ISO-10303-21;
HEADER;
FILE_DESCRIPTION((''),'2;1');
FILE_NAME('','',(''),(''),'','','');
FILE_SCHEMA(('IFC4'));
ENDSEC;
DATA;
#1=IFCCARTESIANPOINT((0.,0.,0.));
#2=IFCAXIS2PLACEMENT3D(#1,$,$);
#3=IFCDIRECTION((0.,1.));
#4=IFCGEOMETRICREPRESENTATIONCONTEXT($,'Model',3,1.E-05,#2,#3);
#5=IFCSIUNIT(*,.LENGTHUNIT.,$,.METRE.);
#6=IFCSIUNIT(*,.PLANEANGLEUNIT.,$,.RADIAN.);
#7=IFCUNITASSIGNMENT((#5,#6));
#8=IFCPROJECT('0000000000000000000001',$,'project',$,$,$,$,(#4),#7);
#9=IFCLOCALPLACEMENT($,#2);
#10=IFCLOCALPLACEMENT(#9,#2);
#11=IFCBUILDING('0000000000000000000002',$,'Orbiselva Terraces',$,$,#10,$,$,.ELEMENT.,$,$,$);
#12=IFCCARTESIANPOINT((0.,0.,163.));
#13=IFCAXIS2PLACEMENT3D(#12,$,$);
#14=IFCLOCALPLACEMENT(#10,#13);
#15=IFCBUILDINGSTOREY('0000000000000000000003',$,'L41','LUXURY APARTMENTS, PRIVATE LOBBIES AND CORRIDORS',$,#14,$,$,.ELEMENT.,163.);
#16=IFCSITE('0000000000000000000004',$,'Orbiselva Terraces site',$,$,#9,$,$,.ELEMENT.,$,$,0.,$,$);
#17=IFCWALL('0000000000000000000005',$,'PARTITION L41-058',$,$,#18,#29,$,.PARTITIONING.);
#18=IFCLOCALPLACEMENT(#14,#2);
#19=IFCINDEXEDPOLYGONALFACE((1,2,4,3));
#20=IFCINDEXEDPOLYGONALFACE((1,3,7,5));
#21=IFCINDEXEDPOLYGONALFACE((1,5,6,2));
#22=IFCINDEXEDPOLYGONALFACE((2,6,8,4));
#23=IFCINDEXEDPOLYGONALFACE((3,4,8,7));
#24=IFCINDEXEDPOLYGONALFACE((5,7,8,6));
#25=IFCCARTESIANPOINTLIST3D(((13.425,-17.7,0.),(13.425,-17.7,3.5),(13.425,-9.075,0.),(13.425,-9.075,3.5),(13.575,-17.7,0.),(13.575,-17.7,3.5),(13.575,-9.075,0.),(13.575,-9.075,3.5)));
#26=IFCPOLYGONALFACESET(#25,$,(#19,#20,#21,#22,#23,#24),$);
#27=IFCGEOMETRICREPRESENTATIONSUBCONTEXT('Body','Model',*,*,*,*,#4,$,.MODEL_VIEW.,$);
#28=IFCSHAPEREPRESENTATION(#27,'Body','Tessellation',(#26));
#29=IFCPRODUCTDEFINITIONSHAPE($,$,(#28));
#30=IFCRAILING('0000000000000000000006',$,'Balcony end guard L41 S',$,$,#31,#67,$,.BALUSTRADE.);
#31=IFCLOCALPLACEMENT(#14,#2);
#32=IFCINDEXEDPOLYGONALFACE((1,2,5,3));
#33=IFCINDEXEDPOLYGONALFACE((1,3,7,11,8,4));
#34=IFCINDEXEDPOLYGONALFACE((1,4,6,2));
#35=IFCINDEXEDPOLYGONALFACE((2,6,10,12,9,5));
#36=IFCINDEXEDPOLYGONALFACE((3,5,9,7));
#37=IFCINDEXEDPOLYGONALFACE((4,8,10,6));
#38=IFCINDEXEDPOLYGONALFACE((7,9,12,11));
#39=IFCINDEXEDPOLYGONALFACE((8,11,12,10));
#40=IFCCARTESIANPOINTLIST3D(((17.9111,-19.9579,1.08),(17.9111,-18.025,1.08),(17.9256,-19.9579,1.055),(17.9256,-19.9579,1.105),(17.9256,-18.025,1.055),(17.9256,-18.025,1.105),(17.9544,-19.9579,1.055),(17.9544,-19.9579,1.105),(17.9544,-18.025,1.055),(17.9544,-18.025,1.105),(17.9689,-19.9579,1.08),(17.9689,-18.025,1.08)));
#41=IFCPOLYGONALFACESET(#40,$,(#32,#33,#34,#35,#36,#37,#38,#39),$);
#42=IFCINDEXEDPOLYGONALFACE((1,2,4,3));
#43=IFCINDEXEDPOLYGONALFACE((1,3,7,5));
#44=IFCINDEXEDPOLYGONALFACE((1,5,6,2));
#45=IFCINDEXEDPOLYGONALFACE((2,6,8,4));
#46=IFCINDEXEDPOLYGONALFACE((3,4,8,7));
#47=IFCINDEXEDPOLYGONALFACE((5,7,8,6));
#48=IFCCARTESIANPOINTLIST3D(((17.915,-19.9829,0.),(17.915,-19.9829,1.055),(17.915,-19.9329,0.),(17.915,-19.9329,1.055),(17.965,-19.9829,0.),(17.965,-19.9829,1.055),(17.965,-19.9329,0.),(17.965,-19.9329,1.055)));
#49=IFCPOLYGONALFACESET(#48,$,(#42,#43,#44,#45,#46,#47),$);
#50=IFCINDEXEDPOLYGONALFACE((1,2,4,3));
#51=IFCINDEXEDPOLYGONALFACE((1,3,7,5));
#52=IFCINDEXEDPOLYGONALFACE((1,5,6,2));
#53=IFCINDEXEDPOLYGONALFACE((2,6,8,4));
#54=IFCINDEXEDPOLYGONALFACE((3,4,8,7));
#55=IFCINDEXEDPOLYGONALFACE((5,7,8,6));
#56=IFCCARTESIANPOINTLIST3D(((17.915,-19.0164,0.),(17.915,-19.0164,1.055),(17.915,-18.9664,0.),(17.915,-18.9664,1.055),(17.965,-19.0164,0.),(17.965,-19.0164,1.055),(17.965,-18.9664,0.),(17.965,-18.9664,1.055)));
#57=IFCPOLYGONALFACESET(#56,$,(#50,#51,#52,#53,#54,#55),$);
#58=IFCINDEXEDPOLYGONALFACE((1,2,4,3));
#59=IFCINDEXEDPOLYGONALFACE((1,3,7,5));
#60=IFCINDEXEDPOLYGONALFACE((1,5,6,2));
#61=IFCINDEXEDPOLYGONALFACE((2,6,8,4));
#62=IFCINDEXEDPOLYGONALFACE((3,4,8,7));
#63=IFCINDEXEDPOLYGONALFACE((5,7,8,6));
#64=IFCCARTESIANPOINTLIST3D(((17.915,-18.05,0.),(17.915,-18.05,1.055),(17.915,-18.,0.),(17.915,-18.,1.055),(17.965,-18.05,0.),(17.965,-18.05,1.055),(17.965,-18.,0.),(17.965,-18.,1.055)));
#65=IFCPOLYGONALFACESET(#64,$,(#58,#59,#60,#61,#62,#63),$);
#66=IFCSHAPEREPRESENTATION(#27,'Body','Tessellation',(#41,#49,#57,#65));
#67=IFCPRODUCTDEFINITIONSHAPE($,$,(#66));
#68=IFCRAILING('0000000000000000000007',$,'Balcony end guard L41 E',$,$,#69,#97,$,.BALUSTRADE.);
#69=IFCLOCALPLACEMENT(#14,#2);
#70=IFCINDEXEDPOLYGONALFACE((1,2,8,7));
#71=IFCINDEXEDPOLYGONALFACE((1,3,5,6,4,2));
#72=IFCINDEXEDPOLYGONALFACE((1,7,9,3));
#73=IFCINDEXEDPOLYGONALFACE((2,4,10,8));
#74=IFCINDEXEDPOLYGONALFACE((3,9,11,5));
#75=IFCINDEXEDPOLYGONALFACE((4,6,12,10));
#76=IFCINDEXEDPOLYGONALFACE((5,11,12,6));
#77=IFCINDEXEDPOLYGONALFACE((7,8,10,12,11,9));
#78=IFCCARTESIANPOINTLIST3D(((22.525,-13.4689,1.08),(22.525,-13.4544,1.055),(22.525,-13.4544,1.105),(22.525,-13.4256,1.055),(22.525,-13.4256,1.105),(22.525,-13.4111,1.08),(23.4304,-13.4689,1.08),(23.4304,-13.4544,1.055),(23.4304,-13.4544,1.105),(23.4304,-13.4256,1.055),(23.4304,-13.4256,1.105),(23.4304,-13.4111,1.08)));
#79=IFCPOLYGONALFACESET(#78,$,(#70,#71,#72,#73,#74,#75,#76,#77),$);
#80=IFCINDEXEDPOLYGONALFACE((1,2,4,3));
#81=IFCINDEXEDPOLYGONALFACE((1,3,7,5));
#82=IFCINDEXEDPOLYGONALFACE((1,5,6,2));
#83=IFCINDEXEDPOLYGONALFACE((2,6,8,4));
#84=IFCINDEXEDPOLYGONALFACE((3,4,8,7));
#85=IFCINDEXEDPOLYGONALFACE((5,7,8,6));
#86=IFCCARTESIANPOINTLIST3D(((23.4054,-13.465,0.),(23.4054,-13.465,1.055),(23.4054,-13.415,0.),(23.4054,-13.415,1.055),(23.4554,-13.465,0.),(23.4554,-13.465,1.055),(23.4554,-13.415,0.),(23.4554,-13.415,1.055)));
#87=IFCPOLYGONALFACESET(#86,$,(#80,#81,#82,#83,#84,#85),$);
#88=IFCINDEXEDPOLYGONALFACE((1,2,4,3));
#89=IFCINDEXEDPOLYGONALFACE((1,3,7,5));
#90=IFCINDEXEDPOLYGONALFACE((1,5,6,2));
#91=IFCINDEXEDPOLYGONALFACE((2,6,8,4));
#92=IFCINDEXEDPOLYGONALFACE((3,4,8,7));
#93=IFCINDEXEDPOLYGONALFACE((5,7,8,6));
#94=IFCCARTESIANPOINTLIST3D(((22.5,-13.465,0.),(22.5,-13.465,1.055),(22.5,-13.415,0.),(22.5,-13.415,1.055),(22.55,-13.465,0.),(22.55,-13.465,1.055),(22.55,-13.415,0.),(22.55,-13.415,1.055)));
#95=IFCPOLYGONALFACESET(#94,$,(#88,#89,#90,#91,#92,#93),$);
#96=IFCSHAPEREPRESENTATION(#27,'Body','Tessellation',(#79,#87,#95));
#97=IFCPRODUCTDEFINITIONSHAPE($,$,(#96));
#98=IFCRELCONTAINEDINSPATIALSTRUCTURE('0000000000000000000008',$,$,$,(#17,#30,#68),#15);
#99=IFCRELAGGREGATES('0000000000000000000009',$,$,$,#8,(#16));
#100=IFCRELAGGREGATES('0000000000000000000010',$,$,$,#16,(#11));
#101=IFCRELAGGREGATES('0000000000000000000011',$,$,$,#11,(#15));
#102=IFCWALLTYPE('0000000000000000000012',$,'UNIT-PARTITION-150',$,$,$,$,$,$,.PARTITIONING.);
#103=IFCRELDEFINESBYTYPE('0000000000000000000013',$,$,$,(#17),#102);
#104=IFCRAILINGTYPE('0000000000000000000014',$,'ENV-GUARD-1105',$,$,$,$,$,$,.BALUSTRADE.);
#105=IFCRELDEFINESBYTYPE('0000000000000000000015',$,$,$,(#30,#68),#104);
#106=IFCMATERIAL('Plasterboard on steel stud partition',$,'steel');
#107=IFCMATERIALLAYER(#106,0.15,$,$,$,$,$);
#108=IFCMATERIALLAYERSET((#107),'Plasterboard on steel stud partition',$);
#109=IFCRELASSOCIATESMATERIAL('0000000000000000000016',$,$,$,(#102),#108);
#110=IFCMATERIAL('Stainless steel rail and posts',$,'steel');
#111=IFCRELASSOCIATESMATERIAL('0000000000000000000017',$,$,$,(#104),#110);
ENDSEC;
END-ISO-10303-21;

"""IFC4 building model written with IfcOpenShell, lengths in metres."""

from ifc_helpers import new_model, si_unit, direction, frame, frame_2d, origin, origin_2d, place, context, subcontext, project, spatial, polyline, rectangle, outline, extrude, material, layer, layer_set, type_object, element, save


model = new_model("IFC4")

# Units and contexts
model_context = context("Model", 3, precision=1e-05, world=origin(), true_north=direction((0.0, 1.0)))
body_context = subcontext(model_context, "Body", "Model", "MODEL_VIEW")
ifc_project = project(units=[si_unit("LENGTHUNIT", "METRE"), si_unit("PLANEANGLEUNIT", "RADIAN")], contexts=[model_context])

# Site, building, storey
site_placement = place(None, origin())
site = spatial("IfcSite", under=ifc_project, at=site_placement, Name="Orbiselva Terraces site", CompositionType="ELEMENT", RefElevation=0.0)
building_placement = place(site_placement, origin())
building = spatial("IfcBuilding", under=site, at=building_placement, Name="Orbiselva Terraces", CompositionType="ELEMENT")
storey_placement = place(building_placement, frame((0.0, 0.0, 163.0)))
storey = spatial("IfcBuildingStorey", under=building, at=storey_placement, Name="L41", Description="LUXURY APARTMENTS, PRIVATE LOBBIES AND CORRIDORS", CompositionType="ELEMENT", Elevation=163.0)

# Wall
ifc_material_1 = material(Name="Plasterboard on steel stud partition", Category="steel")
ifc_layer_1 = layer(ifc_material_1, 0.15)
ifc_layer_set_1 = layer_set([ifc_layer_1], Name="Plasterboard on steel stud partition")
wall_type_1 = type_object("IfcWallType", Name="UNIT-PARTITION-150", PredefinedType="PARTITIONING", material=ifc_layer_set_1)
wall_1_placement = place(storey_placement, frame((13.5, -17.7, 0.0), z_axis=(0.0, 0.0, 1.0), x_axis=(0.0, 1.0, 0.0)))
element("IfcWall", 1, at=wall_1_placement, inside=storey, type_object=wall_type_1, Name="PARTITION L41-058", PredefinedType="PARTITIONING", context=body_context, shape_type="SweptSolid", body=[
    extrude(rectangle(XDim=8.625, YDim=0.15, at=frame_2d((4.3125, 0.0))), origin(), (0.0, 0.0, 1.0), 3.5),
])

# Railings
ifc_material_2 = material(Name="Stainless steel rail and posts", Category="steel")
railing_type_1 = type_object("IfcRailingType", Name="ENV-GUARD-1105", PredefinedType="BALUSTRADE", material=ifc_material_2)
railing_1_placement = place(storey_placement, frame((17.94, -19.9579, 0.0)))
element("IfcRailing", 2, at=railing_1_placement, inside=storey, type_object=railing_type_1, Name="Balcony end guard L41 S", PredefinedType="BALUSTRADE", context=body_context, shape_type="SweptSolid", body=[
    extrude(outline(polyline([(0.0289, 0.0), (0.0144, 0.025), (-0.0144, 0.025), (-0.0289, 0.0), (-0.0144, -0.025), (0.0144, -0.025), (0.0289, 0.0)])), frame((0.0, 0.0, 1.08), z_axis=(0.0, 1.0, 0.0), x_axis=(-1.0, 0.0, 0.0)), (0.0, 0.0, 1.0), 1.9329),
    extrude(rectangle(XDim=0.05, YDim=0.05, at=origin_2d()), origin(), (0.0, 0.0, 1.0), 1.055),
    extrude(rectangle(XDim=0.05, YDim=0.05, at=origin_2d()), frame((0.0, 0.9664, 0.0)), (0.0, 0.0, 1.0), 1.055),
    extrude(rectangle(XDim=0.05, YDim=0.05, at=origin_2d()), frame((0.0, 1.9329, 0.0)), (0.0, 0.0, 1.0), 1.055),
])
railing_2_placement = place(storey_placement, frame((23.4304, -13.44, 0.0)))
element("IfcRailing", 3, at=railing_2_placement, inside=storey, type_object=railing_type_1, Name="Balcony end guard L41 E", PredefinedType="BALUSTRADE", context=body_context, shape_type="SweptSolid", body=[
    extrude(outline(polyline([(0.0289, 0.0), (0.0144, 0.025), (-0.0144, 0.025), (-0.0289, 0.0), (-0.0144, -0.025), (0.0144, -0.025), (0.0289, 0.0)])), frame((0.0, 0.0, 1.08), z_axis=(-1.0, 0.0, 0.0), x_axis=(0.0, -1.0, 0.0)), (0.0, 0.0, 1.0), 0.9054),
    extrude(rectangle(XDim=0.05, YDim=0.05, at=origin_2d()), origin(), (0.0, 0.0, 1.0), 1.055),
    extrude(rectangle(XDim=0.05, YDim=0.05, at=origin_2d()), frame((-0.9054, 0.0, 0.0)), (0.0, 0.0, 1.0), 1.055),
])

save(model, "model.ifc")
